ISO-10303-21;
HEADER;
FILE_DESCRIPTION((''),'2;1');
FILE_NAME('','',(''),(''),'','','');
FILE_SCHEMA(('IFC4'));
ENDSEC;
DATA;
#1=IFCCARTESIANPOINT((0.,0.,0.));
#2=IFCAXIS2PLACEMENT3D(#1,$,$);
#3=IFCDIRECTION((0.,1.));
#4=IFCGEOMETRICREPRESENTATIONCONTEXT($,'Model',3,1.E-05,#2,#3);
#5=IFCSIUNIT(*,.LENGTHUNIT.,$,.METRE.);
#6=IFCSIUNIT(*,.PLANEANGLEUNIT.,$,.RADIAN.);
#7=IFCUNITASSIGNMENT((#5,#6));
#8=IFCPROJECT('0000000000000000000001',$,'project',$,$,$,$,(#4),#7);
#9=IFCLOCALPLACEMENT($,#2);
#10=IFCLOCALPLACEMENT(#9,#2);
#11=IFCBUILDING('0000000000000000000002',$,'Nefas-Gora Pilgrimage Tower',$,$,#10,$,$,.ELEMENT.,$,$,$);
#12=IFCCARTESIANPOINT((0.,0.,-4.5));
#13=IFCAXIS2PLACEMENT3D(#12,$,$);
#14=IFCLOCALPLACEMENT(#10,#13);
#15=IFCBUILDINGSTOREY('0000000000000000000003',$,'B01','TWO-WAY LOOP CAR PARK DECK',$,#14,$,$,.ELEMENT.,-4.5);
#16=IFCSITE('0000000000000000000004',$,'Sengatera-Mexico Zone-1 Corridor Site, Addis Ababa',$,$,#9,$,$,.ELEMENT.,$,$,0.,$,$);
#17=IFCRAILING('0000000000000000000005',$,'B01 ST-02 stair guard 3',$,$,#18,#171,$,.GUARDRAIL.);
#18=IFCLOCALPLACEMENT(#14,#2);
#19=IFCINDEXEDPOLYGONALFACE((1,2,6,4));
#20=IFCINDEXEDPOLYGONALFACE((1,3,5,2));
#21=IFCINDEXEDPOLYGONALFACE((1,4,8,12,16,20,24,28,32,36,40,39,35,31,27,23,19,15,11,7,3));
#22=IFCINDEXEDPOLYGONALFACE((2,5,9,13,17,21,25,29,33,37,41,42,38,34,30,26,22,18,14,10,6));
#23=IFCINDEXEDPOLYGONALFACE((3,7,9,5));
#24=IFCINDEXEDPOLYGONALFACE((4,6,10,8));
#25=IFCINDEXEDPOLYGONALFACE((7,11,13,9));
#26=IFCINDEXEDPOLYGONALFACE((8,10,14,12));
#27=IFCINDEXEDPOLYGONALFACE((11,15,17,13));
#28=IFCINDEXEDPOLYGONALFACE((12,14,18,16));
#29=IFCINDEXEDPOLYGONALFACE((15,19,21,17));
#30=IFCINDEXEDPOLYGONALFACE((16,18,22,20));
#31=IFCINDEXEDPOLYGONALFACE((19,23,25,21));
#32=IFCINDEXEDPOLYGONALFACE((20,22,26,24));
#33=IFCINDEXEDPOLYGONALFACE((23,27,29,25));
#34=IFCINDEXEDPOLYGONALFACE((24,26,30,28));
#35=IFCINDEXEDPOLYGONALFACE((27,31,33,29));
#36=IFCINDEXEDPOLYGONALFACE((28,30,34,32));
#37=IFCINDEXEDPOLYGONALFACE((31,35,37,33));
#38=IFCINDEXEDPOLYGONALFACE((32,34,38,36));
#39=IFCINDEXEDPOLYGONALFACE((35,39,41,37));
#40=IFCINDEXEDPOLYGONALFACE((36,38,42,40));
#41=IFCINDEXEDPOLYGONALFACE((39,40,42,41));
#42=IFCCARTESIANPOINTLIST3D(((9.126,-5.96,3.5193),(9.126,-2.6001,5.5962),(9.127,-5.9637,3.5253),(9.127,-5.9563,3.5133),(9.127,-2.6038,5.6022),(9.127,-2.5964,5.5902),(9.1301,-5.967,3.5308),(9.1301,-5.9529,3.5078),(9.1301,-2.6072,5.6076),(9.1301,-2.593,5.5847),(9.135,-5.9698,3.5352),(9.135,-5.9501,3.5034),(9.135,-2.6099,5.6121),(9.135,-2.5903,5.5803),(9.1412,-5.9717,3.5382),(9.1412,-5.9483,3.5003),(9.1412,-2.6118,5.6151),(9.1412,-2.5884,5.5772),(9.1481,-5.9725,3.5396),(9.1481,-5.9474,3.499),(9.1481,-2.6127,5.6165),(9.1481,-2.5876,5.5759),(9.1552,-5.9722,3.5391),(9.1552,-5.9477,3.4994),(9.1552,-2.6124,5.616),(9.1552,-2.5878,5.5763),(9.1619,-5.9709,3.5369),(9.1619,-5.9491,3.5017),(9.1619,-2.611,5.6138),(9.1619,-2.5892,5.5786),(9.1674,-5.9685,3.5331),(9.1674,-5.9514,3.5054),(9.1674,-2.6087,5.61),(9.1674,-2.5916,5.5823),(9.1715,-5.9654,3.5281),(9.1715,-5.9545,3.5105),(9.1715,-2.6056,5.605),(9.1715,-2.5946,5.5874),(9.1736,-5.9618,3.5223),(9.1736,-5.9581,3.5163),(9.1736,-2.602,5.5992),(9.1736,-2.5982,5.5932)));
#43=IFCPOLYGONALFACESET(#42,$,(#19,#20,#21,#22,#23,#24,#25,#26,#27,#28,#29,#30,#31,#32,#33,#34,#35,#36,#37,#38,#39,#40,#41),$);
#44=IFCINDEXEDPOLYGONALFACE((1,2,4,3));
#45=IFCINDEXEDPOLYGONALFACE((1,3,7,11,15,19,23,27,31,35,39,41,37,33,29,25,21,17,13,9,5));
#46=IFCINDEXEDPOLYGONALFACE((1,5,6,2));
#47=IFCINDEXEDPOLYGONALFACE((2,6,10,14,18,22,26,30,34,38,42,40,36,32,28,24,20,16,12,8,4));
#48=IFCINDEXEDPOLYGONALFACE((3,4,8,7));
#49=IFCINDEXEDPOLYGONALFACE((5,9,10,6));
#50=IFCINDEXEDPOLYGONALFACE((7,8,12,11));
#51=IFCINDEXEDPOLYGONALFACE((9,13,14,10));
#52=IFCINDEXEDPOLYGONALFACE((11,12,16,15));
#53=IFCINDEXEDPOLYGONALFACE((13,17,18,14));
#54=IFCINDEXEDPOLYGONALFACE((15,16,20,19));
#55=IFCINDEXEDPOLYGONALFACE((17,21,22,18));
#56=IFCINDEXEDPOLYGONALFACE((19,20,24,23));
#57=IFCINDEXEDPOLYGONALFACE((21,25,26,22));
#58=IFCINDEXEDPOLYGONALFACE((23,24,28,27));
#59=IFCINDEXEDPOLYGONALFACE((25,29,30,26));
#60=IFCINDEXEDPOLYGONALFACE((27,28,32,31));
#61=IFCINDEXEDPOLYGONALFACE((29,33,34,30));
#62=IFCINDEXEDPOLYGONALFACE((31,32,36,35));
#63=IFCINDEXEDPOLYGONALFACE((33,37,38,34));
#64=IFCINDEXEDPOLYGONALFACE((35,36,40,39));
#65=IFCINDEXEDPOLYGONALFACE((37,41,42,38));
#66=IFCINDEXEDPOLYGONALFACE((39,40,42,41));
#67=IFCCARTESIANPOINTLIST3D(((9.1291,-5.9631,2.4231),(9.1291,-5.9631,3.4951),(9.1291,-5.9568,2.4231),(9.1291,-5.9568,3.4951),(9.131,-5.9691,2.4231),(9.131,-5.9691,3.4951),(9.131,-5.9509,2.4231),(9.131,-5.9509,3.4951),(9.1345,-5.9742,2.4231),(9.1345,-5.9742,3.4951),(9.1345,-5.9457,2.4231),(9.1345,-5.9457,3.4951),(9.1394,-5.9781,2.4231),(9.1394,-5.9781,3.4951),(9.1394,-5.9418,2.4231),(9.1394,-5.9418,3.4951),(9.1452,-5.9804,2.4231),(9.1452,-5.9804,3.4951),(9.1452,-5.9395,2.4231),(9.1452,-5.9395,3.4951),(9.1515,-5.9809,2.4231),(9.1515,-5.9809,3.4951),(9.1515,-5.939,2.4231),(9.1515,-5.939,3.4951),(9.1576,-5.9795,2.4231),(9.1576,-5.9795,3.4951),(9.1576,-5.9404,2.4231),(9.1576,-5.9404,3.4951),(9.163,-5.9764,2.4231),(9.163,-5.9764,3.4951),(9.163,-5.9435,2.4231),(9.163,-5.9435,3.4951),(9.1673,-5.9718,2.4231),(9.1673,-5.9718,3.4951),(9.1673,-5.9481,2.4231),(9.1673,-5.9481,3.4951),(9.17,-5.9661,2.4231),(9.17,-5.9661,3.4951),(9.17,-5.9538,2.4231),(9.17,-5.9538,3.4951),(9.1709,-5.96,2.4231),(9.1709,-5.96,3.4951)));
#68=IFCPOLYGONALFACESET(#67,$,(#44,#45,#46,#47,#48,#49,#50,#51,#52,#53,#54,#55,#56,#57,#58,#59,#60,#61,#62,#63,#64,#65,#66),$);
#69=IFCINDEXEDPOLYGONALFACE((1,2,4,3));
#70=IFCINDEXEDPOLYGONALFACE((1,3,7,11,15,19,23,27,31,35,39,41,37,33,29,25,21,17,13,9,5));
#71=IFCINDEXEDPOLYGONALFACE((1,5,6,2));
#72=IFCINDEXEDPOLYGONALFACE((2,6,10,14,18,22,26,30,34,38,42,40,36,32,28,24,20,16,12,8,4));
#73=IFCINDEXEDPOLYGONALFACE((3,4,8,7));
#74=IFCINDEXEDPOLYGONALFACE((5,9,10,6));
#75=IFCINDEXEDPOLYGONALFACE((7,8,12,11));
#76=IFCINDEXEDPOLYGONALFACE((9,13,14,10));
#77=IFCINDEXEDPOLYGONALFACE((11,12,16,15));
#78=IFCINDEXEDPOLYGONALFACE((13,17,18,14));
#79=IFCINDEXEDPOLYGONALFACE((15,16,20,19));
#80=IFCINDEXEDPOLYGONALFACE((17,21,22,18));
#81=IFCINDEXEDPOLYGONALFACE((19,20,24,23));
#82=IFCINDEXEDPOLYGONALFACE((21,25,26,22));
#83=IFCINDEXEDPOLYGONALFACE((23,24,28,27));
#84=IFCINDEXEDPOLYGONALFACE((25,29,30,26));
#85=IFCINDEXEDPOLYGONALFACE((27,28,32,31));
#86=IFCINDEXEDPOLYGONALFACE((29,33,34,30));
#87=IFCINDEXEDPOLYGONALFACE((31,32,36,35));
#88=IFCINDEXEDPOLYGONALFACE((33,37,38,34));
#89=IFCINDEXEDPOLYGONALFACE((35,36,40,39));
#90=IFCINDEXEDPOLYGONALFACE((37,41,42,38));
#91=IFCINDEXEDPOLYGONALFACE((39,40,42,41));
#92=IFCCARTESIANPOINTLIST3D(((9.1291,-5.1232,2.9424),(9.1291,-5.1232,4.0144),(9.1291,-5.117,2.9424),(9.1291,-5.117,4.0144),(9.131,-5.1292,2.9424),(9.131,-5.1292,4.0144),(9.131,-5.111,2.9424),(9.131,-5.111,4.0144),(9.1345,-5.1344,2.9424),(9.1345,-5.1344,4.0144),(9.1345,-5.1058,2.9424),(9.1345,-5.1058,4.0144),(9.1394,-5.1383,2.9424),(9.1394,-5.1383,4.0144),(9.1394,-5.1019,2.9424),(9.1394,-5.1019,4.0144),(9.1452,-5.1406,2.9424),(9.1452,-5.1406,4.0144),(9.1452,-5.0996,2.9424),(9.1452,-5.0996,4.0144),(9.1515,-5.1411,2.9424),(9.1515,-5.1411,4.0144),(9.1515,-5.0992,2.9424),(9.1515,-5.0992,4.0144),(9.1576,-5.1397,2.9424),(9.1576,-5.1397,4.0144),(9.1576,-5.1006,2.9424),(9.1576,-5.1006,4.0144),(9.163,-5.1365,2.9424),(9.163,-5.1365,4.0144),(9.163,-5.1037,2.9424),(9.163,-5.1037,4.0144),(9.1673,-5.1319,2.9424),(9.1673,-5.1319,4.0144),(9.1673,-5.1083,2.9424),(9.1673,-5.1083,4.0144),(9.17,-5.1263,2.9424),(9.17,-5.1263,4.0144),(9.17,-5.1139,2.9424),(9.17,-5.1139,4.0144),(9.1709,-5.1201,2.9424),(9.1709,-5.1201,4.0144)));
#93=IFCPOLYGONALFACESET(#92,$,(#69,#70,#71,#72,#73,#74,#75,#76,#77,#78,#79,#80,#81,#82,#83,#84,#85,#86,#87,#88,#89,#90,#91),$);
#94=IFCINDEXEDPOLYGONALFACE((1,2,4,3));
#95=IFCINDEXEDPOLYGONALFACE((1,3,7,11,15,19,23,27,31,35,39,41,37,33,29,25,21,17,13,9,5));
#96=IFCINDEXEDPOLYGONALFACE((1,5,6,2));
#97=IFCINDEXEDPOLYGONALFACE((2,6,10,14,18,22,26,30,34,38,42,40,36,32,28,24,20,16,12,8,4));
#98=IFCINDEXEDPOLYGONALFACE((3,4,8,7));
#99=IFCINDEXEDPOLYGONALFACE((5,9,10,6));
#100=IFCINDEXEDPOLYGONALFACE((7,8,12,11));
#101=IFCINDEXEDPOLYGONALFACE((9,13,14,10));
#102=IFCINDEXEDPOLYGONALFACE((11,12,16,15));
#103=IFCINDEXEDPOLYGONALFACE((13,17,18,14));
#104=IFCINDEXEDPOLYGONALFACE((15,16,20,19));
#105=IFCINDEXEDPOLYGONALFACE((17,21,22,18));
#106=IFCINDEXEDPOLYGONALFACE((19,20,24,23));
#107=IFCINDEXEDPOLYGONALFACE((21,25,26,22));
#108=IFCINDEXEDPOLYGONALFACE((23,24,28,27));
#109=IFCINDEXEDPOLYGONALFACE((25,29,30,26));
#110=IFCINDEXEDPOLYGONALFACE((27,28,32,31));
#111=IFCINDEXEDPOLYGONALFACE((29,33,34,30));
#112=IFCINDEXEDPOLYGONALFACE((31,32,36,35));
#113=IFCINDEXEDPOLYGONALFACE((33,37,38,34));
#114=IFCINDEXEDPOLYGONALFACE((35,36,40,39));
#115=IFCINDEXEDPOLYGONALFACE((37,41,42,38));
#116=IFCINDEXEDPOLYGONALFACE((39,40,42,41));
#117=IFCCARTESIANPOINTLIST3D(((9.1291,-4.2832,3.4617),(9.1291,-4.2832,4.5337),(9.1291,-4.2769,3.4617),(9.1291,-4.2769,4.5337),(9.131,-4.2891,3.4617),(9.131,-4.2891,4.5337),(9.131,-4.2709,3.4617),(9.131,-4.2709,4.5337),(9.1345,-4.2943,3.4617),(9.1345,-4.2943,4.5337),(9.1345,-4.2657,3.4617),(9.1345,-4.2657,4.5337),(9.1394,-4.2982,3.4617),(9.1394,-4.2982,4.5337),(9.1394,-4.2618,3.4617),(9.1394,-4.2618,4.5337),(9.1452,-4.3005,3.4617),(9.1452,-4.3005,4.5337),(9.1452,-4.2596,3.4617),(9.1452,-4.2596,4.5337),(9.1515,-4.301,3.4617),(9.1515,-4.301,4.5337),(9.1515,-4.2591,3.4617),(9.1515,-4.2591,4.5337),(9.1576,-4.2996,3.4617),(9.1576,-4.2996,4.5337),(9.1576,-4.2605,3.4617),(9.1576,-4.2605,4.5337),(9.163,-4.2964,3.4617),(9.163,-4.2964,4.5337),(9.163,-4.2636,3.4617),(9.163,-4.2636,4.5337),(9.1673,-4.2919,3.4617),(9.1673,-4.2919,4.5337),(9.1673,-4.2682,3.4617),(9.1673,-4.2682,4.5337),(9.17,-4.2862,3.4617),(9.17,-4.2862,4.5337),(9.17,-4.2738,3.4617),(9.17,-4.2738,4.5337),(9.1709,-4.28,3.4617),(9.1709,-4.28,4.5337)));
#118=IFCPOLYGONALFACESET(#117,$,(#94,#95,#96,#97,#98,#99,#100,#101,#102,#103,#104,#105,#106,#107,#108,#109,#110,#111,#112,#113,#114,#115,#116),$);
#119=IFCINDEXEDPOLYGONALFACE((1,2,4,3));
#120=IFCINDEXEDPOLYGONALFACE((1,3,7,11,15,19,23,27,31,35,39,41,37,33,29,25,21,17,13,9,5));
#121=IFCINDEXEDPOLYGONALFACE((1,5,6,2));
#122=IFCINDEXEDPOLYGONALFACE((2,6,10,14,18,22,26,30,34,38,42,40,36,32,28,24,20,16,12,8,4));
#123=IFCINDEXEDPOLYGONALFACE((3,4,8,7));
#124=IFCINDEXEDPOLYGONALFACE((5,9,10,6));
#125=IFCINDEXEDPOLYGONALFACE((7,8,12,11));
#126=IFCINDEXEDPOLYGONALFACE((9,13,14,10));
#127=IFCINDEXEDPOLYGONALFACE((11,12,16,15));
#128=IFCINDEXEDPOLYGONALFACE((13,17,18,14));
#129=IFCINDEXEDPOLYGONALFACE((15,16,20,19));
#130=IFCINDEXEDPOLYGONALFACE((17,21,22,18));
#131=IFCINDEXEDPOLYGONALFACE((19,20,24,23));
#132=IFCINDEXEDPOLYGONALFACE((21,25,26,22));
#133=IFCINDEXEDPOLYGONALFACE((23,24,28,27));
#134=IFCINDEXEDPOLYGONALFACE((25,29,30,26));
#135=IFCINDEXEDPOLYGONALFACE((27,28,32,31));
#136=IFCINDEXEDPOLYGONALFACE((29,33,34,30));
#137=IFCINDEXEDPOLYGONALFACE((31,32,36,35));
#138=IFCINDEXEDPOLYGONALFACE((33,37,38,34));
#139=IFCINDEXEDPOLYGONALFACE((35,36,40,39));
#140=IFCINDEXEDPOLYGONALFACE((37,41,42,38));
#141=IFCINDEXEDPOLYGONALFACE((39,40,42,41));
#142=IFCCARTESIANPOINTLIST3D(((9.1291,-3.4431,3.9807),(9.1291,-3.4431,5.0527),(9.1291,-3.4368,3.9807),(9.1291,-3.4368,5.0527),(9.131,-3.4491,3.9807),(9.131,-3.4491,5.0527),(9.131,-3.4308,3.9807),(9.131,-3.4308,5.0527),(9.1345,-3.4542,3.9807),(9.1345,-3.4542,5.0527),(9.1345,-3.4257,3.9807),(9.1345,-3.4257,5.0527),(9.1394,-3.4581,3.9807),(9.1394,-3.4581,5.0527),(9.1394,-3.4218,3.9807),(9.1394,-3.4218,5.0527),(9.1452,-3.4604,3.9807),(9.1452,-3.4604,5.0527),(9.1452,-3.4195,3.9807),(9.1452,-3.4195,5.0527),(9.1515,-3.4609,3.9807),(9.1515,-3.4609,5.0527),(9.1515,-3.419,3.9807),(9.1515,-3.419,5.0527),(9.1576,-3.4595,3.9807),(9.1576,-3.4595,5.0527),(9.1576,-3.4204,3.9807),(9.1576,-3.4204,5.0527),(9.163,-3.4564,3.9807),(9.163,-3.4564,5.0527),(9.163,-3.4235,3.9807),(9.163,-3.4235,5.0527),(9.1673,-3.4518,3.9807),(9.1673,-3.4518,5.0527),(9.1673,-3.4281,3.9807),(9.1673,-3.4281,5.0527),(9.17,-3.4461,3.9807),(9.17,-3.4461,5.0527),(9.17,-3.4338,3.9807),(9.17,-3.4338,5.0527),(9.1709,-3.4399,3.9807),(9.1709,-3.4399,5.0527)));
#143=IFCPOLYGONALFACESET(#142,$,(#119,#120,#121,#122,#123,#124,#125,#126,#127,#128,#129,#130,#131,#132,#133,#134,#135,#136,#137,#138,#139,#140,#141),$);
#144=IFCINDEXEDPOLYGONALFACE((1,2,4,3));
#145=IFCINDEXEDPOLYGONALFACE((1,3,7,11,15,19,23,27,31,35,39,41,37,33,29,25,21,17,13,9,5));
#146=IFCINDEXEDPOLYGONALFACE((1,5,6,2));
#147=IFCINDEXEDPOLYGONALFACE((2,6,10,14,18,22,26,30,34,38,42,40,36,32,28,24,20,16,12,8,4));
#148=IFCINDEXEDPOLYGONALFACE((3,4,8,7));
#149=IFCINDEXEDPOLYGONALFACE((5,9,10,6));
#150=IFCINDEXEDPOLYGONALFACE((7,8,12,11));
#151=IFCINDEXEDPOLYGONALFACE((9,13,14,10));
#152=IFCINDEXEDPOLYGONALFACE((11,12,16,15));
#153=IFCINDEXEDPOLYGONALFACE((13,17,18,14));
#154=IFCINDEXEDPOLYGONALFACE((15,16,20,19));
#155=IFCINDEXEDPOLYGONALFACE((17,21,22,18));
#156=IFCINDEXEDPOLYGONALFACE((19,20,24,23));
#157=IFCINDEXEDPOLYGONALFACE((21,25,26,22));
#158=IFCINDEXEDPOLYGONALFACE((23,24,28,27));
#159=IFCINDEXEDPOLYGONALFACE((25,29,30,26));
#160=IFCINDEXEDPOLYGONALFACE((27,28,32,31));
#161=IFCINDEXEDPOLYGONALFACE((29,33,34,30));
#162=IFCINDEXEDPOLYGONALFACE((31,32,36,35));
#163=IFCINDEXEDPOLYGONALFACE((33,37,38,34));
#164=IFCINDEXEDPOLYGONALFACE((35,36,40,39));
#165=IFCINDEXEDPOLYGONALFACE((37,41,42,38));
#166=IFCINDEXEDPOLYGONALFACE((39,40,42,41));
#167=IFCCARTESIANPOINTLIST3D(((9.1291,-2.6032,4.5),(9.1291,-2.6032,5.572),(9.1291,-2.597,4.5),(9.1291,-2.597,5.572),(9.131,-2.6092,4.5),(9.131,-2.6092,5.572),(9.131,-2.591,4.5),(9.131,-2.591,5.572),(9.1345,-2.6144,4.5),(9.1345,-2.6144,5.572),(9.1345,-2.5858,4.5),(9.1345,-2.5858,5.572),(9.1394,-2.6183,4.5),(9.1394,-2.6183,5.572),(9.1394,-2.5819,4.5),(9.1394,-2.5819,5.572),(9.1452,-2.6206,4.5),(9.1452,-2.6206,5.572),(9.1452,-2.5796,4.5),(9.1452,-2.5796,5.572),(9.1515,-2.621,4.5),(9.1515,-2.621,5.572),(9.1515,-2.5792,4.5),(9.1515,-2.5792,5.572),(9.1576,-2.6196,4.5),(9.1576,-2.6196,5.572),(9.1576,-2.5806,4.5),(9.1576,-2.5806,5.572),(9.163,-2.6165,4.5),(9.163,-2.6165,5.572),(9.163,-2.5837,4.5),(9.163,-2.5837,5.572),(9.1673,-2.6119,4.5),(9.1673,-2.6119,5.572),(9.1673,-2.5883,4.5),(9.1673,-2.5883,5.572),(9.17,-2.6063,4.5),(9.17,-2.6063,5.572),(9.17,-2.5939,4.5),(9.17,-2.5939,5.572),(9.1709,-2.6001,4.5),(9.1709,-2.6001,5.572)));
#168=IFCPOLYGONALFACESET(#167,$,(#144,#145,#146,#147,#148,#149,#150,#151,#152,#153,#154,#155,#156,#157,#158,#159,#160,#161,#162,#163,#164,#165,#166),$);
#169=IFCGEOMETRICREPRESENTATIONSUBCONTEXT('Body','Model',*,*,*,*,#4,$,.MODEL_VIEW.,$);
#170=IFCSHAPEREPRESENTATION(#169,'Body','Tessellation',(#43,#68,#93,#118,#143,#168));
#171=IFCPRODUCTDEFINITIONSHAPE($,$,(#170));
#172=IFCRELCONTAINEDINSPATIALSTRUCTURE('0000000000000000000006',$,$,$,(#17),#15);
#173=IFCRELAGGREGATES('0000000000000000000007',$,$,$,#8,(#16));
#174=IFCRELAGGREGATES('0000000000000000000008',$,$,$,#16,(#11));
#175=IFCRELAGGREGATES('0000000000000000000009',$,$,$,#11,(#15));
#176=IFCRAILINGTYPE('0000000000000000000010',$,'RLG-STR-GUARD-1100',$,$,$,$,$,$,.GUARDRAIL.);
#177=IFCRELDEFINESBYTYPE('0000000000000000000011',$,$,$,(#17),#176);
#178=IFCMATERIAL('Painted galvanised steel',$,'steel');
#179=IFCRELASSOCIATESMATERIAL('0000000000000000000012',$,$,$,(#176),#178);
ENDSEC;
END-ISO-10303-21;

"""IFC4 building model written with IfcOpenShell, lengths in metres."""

from ifc_helpers import new_model, si_unit, direction, frame, origin, origin_2d, place, context, subcontext, project, spatial, circle, extrude, material, type_object, element, save


model = new_model("IFC4")

# Units and contexts
model_context = context("Model", 3, precision=1e-05, world=origin(), true_north=direction((0.0, 1.0)))
body_context = subcontext(model_context, "Body", "Model", "MODEL_VIEW")
ifc_project = project(units=[si_unit("LENGTHUNIT", "METRE"), si_unit("PLANEANGLEUNIT", "RADIAN")], contexts=[model_context])

# Site, building, storey
site_placement = place(None, origin())
site = spatial("IfcSite", under=ifc_project, at=site_placement, Name="Sengatera-Mexico Zone-1 Corridor Site, Addis Ababa", CompositionType="ELEMENT", RefElevation=0.0)
building_placement = place(site_placement, origin())
building = spatial("IfcBuilding", under=site, at=building_placement, Name="Nefas-Gora Pilgrimage Tower", CompositionType="ELEMENT")
storey_placement = place(building_placement, frame((0.0, 0.0, -4.5)))
storey = spatial("IfcBuildingStorey", under=building, at=storey_placement, Name="B01", Description="TWO-WAY LOOP CAR PARK DECK", CompositionType="ELEMENT", Elevation=-4.5)

# Railing
ifc_material_1 = material(Name="Painted galvanised steel", Category="steel")
railing_type_1 = type_object("IfcRailingType", Name="RLG-STR-GUARD-1100", PredefinedType="GUARDRAIL", material=ifc_material_1)
railing_1_placement = place(storey_placement, frame((9.1499, -5.96, 2.4231)))
element("IfcRailing", 1, at=railing_1_placement, inside=storey, type_object=railing_type_1, Name="B01 ST-02 stair guard 3", PredefinedType="GUARDRAIL", context=body_context, shape_type="SweptSolid", body=[
    extrude(circle(Radius=0.0239, at=origin_2d()), frame((0.0, 0.0, 1.0962), z_axis=(0.0, 0.850606, 0.525803), x_axis=(-1.0, 0.0, 0.0)), (0.0, 0.0, 1.0), 3.95),
    extrude(circle(Radius=0.021, at=origin_2d()), origin(), (0.0, 0.0, 1.0), 1.072),
    extrude(circle(Radius=0.021, at=origin_2d()), frame((0.0, 0.8398, 0.5193)), (0.0, 0.0, 1.0), 1.072),
    extrude(circle(Radius=0.021, at=origin_2d()), frame((0.0, 1.6799, 1.0386)), (0.0, 0.0, 1.0), 1.072),
    extrude(circle(Radius=0.021, at=origin_2d()), frame((0.0, 2.52, 1.5576)), (0.0, 0.0, 1.0), 1.072),
    extrude(circle(Radius=0.021, at=origin_2d()), frame((0.0, 3.3599, 2.0769)), (0.0, 0.0, 1.0), 1.072),
])

save(model, "model.ifc")
